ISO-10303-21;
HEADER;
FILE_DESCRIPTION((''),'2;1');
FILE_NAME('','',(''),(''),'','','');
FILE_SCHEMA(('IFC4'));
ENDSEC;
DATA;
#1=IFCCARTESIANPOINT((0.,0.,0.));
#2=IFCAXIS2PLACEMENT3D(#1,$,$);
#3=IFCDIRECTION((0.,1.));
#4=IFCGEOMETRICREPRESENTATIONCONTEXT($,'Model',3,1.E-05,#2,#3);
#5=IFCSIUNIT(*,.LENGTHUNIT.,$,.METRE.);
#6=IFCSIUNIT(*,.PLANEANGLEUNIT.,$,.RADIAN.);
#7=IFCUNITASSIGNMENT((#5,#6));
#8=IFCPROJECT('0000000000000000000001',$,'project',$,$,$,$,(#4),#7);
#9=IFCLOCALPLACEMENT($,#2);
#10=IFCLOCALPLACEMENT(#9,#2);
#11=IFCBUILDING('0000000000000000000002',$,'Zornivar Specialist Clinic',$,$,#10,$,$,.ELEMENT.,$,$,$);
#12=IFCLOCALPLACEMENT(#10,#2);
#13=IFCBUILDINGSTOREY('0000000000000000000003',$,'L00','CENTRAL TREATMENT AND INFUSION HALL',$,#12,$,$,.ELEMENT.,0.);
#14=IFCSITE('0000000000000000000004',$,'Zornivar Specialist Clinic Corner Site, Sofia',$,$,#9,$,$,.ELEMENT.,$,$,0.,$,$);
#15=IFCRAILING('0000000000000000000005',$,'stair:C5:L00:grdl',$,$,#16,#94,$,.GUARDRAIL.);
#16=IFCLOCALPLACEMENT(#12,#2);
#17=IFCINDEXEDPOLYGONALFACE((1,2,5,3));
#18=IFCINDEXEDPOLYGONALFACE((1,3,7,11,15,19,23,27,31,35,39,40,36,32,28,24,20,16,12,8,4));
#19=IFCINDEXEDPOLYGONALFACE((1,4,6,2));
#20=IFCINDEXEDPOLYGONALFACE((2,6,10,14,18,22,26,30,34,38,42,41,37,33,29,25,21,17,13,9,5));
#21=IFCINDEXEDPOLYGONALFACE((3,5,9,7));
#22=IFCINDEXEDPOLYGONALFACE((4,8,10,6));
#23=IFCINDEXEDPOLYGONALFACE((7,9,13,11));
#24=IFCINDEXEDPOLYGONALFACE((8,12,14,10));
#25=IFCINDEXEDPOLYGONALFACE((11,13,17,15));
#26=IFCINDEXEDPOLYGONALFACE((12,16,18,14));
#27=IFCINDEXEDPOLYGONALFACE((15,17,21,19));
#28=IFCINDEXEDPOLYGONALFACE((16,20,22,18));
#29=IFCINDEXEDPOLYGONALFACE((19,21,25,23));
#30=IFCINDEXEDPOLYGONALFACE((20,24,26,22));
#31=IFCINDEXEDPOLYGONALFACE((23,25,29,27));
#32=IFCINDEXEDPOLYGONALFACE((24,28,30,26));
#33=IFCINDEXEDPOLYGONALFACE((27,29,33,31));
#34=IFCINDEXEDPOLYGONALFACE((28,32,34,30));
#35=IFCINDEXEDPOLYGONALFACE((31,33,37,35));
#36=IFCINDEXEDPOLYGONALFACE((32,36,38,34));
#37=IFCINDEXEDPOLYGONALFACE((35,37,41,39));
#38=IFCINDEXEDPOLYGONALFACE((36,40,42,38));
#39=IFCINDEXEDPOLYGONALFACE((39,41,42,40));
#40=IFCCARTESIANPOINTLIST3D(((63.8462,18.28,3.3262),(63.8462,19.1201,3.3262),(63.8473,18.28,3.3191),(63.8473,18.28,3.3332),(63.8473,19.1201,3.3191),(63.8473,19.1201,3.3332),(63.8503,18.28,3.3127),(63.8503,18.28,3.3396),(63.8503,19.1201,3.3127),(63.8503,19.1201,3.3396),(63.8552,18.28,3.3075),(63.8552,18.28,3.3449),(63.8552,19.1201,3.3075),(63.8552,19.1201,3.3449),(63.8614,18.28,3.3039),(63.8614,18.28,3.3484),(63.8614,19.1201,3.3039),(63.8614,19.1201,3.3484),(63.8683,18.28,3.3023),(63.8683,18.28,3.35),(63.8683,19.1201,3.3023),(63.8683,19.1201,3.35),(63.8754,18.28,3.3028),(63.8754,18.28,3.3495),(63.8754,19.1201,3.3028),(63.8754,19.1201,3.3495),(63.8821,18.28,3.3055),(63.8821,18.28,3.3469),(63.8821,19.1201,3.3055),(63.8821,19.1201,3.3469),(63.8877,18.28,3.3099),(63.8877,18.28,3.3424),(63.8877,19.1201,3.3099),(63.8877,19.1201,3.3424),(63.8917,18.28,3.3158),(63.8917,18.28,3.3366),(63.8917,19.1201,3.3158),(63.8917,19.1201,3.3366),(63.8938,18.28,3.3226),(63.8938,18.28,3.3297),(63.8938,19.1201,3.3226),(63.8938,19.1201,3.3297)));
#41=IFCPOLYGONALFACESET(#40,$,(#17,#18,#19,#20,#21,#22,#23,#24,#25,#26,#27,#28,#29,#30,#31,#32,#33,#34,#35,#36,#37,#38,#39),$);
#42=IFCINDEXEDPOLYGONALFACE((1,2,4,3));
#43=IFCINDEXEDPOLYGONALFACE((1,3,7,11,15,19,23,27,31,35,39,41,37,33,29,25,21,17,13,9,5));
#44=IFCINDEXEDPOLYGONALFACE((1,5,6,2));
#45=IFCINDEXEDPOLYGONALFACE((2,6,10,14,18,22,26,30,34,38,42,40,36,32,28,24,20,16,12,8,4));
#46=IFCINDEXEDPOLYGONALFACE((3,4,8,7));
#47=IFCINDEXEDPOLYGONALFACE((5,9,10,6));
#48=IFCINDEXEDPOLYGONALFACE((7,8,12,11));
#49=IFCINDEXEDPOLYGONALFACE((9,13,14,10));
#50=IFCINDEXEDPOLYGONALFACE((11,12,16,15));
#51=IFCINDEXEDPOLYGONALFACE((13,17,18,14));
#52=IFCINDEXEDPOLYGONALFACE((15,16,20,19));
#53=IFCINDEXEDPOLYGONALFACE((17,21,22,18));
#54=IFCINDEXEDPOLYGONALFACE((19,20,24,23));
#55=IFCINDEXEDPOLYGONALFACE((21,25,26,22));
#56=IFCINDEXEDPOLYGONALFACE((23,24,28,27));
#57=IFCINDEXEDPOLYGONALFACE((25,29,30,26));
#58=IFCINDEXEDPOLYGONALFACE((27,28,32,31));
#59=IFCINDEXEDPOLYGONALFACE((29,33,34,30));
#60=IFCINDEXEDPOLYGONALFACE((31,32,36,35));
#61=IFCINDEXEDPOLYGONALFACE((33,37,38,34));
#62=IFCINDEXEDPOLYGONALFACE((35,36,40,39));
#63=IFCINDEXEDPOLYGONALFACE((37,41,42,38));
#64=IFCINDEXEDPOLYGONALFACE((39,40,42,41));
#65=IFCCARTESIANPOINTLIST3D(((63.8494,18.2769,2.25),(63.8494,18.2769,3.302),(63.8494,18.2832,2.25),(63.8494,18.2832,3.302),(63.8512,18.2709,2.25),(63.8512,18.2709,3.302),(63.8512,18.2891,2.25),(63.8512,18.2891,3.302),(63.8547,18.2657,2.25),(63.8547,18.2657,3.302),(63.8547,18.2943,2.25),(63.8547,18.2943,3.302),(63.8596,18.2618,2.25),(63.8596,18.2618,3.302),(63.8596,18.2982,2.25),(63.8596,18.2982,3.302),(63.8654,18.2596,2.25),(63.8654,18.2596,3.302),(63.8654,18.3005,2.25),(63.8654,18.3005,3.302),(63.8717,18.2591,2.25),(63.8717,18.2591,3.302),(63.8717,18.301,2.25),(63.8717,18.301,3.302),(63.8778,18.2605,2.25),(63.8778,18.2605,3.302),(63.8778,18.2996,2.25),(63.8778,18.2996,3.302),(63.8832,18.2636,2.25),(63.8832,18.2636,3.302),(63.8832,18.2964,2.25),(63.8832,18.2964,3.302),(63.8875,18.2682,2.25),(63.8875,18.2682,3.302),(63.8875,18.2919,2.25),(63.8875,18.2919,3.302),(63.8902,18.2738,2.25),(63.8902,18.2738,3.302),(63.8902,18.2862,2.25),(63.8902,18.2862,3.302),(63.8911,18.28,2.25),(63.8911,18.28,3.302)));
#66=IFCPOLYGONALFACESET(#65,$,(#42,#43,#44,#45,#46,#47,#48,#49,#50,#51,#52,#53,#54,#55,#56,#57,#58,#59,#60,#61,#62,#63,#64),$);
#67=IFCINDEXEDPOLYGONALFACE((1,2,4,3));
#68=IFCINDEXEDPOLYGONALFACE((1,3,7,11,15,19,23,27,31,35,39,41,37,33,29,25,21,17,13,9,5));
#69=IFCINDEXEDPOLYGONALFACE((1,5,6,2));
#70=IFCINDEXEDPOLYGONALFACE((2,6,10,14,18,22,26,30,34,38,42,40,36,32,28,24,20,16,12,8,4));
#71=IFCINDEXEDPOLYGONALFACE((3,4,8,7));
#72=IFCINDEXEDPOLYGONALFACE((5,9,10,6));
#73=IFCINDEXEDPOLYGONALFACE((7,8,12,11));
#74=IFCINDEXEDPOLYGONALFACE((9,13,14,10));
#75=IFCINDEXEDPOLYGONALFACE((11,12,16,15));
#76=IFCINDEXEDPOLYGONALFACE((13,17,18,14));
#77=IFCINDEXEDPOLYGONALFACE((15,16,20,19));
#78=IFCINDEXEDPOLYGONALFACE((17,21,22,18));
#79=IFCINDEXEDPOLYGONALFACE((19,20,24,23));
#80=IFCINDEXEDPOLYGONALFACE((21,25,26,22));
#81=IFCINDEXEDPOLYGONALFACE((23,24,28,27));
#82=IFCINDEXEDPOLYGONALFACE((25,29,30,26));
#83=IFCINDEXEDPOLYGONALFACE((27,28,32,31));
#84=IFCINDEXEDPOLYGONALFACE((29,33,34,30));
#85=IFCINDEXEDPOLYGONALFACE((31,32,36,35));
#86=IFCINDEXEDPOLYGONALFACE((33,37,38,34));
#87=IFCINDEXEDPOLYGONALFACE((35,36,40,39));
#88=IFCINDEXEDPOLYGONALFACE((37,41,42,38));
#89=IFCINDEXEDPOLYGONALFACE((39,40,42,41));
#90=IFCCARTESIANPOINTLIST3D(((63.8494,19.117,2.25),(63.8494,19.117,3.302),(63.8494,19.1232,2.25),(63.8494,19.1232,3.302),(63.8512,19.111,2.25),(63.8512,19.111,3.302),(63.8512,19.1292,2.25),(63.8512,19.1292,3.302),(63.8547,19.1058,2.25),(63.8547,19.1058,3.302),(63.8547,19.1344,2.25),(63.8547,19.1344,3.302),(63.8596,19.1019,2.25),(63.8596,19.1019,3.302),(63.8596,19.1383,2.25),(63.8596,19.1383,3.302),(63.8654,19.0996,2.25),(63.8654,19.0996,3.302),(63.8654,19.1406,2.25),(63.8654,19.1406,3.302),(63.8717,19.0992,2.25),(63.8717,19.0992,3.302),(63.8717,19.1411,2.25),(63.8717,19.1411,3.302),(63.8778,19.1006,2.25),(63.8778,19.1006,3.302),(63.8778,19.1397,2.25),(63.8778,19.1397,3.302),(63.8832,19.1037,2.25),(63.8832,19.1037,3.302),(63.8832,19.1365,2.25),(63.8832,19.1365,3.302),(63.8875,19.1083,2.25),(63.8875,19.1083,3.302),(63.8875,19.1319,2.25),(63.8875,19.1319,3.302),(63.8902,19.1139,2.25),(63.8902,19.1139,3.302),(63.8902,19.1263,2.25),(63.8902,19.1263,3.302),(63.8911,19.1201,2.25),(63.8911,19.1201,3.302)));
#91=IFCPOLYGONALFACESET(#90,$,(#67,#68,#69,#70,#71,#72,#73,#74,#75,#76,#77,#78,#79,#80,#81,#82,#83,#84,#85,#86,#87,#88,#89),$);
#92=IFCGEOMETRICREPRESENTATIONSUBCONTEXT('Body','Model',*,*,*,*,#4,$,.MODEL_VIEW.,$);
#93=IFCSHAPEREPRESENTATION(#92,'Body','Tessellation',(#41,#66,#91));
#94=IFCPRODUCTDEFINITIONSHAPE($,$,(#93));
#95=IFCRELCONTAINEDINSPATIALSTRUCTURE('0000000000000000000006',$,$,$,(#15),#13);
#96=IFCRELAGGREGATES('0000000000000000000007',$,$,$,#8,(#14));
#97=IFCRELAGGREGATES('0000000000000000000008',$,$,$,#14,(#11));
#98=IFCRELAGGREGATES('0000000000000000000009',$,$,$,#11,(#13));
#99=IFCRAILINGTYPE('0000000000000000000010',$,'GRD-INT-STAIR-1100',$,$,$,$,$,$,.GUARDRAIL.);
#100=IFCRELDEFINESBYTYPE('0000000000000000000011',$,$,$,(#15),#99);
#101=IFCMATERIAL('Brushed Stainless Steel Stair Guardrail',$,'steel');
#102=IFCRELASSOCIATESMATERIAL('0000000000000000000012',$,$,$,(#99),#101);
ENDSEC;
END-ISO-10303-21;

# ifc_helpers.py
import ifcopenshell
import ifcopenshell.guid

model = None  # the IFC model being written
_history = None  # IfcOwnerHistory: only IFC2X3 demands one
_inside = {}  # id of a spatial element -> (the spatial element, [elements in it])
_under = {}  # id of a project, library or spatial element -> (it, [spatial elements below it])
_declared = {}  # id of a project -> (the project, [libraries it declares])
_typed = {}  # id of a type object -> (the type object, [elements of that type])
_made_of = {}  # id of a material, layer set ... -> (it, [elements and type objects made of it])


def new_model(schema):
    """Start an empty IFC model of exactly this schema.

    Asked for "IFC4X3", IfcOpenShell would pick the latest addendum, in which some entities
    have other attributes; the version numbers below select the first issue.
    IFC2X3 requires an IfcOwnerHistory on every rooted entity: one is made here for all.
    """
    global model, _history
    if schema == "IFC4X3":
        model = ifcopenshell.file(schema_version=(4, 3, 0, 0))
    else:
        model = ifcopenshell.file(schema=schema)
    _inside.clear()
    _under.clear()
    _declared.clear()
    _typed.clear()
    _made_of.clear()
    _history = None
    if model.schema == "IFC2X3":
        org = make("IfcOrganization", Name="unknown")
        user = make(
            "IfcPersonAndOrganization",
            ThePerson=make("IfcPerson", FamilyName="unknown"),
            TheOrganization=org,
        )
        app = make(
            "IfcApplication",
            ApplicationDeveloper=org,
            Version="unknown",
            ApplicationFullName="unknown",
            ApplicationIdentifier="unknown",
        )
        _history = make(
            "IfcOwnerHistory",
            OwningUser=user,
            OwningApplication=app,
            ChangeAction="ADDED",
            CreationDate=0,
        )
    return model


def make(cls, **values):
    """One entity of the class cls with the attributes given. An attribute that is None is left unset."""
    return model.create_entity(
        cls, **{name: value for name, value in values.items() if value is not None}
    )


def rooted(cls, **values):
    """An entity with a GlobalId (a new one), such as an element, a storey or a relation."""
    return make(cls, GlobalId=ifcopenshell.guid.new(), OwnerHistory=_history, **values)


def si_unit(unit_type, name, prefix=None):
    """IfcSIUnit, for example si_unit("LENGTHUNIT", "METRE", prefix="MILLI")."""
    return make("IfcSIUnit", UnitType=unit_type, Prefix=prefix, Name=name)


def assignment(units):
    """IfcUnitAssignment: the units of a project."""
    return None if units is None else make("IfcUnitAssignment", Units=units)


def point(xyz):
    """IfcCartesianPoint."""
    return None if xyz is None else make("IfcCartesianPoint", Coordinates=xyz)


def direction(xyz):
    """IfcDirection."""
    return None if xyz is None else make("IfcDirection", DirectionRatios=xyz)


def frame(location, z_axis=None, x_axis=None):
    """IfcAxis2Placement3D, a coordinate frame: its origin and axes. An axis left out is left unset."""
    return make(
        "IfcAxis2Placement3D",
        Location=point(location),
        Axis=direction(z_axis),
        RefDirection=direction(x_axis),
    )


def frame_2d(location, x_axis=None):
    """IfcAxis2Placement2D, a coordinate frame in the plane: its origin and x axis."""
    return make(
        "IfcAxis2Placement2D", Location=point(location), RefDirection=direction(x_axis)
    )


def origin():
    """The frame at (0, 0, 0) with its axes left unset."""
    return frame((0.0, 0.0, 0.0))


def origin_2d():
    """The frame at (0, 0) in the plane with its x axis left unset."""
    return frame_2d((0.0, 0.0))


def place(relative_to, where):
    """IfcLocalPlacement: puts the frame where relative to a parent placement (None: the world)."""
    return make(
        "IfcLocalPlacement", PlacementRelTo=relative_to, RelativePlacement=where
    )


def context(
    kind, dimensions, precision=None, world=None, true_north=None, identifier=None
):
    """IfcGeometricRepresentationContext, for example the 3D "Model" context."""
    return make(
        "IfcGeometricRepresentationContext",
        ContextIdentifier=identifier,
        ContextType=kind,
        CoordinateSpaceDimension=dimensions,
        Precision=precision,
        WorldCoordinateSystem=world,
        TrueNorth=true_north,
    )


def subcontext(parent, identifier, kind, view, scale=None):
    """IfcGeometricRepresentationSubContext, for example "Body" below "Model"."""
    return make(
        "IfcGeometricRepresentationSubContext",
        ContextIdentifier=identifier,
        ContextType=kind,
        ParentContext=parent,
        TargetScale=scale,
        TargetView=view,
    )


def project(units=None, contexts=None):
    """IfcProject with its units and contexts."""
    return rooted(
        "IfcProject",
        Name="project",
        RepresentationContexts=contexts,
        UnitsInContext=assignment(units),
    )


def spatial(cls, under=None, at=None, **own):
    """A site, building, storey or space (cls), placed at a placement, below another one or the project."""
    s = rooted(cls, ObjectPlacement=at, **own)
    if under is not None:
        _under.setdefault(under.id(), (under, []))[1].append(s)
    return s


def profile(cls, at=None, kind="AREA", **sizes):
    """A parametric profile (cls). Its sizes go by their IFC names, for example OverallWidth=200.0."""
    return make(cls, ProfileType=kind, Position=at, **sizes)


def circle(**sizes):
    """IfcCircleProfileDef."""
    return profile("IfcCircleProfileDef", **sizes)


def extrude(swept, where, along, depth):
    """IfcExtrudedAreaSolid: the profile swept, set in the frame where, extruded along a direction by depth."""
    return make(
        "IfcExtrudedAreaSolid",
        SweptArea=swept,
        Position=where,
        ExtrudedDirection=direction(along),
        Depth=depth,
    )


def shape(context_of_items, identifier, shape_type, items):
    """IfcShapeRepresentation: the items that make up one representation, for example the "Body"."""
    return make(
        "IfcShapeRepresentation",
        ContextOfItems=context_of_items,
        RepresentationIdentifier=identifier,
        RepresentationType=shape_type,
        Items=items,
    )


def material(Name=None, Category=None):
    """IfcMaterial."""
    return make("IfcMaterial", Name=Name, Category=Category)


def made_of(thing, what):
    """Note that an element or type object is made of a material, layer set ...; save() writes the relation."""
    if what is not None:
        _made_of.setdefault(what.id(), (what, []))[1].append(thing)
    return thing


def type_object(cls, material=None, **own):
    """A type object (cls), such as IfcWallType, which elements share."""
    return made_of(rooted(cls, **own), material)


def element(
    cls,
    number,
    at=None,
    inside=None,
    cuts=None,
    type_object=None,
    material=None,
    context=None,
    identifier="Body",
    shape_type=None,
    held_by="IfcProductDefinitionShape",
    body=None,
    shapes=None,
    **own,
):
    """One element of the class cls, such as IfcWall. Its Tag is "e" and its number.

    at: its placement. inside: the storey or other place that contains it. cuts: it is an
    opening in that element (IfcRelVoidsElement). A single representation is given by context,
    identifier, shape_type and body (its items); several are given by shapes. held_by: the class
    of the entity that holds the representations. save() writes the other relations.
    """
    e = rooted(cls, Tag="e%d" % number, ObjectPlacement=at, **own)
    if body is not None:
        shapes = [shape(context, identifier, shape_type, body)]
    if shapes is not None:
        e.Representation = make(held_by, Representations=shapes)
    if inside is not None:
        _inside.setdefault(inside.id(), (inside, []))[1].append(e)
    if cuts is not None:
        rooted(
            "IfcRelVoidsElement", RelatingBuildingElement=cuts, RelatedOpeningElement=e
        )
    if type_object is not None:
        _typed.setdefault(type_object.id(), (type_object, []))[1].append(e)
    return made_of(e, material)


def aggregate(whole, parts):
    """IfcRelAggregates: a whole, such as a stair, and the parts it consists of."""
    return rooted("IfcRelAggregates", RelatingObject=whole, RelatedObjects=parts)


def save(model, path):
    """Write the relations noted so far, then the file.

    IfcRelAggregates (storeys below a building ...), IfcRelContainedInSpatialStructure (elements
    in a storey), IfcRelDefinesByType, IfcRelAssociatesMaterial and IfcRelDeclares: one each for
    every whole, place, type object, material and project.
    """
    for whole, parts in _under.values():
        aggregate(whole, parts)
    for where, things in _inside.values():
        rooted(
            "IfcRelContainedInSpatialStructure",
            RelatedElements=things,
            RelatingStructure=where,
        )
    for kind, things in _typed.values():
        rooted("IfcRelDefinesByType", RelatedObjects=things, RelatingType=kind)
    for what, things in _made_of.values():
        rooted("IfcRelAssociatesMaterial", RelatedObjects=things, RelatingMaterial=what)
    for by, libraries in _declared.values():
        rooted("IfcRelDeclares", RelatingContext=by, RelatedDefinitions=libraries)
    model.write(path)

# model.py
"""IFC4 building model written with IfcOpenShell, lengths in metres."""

from ifc_helpers import new_model, si_unit, direction, frame, origin, origin_2d, place, context, subcontext, project, spatial, circle, extrude, material, type_object, element, save


model = new_model("IFC4")

# Units and contexts
model_context = context("Model", 3, precision=1e-05, world=origin(), true_north=direction((0.0, 1.0)))
body_context = subcontext(model_context, "Body", "Model", "MODEL_VIEW")
ifc_project = project(units=[si_unit("LENGTHUNIT", "METRE"), si_unit("PLANEANGLEUNIT", "RADIAN")], contexts=[model_context])

# Site, building, storey
site_placement = place(None, origin())
site = spatial("IfcSite", under=ifc_project, at=site_placement, Name="Zornivar Specialist Clinic Corner Site, Sofia", CompositionType="ELEMENT", RefElevation=0.0)
building_placement = place(site_placement, origin())
building = spatial("IfcBuilding", under=site, at=building_placement, Name="Zornivar Specialist Clinic", CompositionType="ELEMENT")
storey_placement = place(building_placement, origin())
storey = spatial("IfcBuildingStorey", under=building, at=storey_placement, Name="L00", Description="CENTRAL TREATMENT AND INFUSION HALL", CompositionType="ELEMENT", Elevation=0.0)

# Railing
ifc_material_1 = material(Name="Brushed Stainless Steel Stair Guardrail", Category="steel")
railing_type_1 = type_object("IfcRailingType", Name="GRD-INT-STAIR-1100", PredefinedType="GUARDRAIL", material=ifc_material_1)
railing_1_placement = place(storey_placement, frame((63.8701, 18.28, 2.25)))
element("IfcRailing", 1, at=railing_1_placement, inside=storey, type_object=railing_type_1, Name="stair:C5:L00:grdl", PredefinedType="GUARDRAIL", context=body_context, shape_type="SweptSolid", body=[
    extrude(circle(Radius=0.0239, at=origin_2d()), frame((0.0, 0.0, 1.0762), z_axis=(0.0, 1.0, 0.0), x_axis=(-1.0, 0.0, 0.0)), (0.0, 0.0, 1.0), 0.8401),
    extrude(circle(Radius=0.021, at=origin_2d()), origin(), (0.0, 0.0, 1.0), 1.052),
    extrude(circle(Radius=0.021, at=origin_2d()), frame((0.0, 0.8401, 0.0)), (0.0, 0.0, 1.0), 1.052),
])

save(model, "model.ifc")
